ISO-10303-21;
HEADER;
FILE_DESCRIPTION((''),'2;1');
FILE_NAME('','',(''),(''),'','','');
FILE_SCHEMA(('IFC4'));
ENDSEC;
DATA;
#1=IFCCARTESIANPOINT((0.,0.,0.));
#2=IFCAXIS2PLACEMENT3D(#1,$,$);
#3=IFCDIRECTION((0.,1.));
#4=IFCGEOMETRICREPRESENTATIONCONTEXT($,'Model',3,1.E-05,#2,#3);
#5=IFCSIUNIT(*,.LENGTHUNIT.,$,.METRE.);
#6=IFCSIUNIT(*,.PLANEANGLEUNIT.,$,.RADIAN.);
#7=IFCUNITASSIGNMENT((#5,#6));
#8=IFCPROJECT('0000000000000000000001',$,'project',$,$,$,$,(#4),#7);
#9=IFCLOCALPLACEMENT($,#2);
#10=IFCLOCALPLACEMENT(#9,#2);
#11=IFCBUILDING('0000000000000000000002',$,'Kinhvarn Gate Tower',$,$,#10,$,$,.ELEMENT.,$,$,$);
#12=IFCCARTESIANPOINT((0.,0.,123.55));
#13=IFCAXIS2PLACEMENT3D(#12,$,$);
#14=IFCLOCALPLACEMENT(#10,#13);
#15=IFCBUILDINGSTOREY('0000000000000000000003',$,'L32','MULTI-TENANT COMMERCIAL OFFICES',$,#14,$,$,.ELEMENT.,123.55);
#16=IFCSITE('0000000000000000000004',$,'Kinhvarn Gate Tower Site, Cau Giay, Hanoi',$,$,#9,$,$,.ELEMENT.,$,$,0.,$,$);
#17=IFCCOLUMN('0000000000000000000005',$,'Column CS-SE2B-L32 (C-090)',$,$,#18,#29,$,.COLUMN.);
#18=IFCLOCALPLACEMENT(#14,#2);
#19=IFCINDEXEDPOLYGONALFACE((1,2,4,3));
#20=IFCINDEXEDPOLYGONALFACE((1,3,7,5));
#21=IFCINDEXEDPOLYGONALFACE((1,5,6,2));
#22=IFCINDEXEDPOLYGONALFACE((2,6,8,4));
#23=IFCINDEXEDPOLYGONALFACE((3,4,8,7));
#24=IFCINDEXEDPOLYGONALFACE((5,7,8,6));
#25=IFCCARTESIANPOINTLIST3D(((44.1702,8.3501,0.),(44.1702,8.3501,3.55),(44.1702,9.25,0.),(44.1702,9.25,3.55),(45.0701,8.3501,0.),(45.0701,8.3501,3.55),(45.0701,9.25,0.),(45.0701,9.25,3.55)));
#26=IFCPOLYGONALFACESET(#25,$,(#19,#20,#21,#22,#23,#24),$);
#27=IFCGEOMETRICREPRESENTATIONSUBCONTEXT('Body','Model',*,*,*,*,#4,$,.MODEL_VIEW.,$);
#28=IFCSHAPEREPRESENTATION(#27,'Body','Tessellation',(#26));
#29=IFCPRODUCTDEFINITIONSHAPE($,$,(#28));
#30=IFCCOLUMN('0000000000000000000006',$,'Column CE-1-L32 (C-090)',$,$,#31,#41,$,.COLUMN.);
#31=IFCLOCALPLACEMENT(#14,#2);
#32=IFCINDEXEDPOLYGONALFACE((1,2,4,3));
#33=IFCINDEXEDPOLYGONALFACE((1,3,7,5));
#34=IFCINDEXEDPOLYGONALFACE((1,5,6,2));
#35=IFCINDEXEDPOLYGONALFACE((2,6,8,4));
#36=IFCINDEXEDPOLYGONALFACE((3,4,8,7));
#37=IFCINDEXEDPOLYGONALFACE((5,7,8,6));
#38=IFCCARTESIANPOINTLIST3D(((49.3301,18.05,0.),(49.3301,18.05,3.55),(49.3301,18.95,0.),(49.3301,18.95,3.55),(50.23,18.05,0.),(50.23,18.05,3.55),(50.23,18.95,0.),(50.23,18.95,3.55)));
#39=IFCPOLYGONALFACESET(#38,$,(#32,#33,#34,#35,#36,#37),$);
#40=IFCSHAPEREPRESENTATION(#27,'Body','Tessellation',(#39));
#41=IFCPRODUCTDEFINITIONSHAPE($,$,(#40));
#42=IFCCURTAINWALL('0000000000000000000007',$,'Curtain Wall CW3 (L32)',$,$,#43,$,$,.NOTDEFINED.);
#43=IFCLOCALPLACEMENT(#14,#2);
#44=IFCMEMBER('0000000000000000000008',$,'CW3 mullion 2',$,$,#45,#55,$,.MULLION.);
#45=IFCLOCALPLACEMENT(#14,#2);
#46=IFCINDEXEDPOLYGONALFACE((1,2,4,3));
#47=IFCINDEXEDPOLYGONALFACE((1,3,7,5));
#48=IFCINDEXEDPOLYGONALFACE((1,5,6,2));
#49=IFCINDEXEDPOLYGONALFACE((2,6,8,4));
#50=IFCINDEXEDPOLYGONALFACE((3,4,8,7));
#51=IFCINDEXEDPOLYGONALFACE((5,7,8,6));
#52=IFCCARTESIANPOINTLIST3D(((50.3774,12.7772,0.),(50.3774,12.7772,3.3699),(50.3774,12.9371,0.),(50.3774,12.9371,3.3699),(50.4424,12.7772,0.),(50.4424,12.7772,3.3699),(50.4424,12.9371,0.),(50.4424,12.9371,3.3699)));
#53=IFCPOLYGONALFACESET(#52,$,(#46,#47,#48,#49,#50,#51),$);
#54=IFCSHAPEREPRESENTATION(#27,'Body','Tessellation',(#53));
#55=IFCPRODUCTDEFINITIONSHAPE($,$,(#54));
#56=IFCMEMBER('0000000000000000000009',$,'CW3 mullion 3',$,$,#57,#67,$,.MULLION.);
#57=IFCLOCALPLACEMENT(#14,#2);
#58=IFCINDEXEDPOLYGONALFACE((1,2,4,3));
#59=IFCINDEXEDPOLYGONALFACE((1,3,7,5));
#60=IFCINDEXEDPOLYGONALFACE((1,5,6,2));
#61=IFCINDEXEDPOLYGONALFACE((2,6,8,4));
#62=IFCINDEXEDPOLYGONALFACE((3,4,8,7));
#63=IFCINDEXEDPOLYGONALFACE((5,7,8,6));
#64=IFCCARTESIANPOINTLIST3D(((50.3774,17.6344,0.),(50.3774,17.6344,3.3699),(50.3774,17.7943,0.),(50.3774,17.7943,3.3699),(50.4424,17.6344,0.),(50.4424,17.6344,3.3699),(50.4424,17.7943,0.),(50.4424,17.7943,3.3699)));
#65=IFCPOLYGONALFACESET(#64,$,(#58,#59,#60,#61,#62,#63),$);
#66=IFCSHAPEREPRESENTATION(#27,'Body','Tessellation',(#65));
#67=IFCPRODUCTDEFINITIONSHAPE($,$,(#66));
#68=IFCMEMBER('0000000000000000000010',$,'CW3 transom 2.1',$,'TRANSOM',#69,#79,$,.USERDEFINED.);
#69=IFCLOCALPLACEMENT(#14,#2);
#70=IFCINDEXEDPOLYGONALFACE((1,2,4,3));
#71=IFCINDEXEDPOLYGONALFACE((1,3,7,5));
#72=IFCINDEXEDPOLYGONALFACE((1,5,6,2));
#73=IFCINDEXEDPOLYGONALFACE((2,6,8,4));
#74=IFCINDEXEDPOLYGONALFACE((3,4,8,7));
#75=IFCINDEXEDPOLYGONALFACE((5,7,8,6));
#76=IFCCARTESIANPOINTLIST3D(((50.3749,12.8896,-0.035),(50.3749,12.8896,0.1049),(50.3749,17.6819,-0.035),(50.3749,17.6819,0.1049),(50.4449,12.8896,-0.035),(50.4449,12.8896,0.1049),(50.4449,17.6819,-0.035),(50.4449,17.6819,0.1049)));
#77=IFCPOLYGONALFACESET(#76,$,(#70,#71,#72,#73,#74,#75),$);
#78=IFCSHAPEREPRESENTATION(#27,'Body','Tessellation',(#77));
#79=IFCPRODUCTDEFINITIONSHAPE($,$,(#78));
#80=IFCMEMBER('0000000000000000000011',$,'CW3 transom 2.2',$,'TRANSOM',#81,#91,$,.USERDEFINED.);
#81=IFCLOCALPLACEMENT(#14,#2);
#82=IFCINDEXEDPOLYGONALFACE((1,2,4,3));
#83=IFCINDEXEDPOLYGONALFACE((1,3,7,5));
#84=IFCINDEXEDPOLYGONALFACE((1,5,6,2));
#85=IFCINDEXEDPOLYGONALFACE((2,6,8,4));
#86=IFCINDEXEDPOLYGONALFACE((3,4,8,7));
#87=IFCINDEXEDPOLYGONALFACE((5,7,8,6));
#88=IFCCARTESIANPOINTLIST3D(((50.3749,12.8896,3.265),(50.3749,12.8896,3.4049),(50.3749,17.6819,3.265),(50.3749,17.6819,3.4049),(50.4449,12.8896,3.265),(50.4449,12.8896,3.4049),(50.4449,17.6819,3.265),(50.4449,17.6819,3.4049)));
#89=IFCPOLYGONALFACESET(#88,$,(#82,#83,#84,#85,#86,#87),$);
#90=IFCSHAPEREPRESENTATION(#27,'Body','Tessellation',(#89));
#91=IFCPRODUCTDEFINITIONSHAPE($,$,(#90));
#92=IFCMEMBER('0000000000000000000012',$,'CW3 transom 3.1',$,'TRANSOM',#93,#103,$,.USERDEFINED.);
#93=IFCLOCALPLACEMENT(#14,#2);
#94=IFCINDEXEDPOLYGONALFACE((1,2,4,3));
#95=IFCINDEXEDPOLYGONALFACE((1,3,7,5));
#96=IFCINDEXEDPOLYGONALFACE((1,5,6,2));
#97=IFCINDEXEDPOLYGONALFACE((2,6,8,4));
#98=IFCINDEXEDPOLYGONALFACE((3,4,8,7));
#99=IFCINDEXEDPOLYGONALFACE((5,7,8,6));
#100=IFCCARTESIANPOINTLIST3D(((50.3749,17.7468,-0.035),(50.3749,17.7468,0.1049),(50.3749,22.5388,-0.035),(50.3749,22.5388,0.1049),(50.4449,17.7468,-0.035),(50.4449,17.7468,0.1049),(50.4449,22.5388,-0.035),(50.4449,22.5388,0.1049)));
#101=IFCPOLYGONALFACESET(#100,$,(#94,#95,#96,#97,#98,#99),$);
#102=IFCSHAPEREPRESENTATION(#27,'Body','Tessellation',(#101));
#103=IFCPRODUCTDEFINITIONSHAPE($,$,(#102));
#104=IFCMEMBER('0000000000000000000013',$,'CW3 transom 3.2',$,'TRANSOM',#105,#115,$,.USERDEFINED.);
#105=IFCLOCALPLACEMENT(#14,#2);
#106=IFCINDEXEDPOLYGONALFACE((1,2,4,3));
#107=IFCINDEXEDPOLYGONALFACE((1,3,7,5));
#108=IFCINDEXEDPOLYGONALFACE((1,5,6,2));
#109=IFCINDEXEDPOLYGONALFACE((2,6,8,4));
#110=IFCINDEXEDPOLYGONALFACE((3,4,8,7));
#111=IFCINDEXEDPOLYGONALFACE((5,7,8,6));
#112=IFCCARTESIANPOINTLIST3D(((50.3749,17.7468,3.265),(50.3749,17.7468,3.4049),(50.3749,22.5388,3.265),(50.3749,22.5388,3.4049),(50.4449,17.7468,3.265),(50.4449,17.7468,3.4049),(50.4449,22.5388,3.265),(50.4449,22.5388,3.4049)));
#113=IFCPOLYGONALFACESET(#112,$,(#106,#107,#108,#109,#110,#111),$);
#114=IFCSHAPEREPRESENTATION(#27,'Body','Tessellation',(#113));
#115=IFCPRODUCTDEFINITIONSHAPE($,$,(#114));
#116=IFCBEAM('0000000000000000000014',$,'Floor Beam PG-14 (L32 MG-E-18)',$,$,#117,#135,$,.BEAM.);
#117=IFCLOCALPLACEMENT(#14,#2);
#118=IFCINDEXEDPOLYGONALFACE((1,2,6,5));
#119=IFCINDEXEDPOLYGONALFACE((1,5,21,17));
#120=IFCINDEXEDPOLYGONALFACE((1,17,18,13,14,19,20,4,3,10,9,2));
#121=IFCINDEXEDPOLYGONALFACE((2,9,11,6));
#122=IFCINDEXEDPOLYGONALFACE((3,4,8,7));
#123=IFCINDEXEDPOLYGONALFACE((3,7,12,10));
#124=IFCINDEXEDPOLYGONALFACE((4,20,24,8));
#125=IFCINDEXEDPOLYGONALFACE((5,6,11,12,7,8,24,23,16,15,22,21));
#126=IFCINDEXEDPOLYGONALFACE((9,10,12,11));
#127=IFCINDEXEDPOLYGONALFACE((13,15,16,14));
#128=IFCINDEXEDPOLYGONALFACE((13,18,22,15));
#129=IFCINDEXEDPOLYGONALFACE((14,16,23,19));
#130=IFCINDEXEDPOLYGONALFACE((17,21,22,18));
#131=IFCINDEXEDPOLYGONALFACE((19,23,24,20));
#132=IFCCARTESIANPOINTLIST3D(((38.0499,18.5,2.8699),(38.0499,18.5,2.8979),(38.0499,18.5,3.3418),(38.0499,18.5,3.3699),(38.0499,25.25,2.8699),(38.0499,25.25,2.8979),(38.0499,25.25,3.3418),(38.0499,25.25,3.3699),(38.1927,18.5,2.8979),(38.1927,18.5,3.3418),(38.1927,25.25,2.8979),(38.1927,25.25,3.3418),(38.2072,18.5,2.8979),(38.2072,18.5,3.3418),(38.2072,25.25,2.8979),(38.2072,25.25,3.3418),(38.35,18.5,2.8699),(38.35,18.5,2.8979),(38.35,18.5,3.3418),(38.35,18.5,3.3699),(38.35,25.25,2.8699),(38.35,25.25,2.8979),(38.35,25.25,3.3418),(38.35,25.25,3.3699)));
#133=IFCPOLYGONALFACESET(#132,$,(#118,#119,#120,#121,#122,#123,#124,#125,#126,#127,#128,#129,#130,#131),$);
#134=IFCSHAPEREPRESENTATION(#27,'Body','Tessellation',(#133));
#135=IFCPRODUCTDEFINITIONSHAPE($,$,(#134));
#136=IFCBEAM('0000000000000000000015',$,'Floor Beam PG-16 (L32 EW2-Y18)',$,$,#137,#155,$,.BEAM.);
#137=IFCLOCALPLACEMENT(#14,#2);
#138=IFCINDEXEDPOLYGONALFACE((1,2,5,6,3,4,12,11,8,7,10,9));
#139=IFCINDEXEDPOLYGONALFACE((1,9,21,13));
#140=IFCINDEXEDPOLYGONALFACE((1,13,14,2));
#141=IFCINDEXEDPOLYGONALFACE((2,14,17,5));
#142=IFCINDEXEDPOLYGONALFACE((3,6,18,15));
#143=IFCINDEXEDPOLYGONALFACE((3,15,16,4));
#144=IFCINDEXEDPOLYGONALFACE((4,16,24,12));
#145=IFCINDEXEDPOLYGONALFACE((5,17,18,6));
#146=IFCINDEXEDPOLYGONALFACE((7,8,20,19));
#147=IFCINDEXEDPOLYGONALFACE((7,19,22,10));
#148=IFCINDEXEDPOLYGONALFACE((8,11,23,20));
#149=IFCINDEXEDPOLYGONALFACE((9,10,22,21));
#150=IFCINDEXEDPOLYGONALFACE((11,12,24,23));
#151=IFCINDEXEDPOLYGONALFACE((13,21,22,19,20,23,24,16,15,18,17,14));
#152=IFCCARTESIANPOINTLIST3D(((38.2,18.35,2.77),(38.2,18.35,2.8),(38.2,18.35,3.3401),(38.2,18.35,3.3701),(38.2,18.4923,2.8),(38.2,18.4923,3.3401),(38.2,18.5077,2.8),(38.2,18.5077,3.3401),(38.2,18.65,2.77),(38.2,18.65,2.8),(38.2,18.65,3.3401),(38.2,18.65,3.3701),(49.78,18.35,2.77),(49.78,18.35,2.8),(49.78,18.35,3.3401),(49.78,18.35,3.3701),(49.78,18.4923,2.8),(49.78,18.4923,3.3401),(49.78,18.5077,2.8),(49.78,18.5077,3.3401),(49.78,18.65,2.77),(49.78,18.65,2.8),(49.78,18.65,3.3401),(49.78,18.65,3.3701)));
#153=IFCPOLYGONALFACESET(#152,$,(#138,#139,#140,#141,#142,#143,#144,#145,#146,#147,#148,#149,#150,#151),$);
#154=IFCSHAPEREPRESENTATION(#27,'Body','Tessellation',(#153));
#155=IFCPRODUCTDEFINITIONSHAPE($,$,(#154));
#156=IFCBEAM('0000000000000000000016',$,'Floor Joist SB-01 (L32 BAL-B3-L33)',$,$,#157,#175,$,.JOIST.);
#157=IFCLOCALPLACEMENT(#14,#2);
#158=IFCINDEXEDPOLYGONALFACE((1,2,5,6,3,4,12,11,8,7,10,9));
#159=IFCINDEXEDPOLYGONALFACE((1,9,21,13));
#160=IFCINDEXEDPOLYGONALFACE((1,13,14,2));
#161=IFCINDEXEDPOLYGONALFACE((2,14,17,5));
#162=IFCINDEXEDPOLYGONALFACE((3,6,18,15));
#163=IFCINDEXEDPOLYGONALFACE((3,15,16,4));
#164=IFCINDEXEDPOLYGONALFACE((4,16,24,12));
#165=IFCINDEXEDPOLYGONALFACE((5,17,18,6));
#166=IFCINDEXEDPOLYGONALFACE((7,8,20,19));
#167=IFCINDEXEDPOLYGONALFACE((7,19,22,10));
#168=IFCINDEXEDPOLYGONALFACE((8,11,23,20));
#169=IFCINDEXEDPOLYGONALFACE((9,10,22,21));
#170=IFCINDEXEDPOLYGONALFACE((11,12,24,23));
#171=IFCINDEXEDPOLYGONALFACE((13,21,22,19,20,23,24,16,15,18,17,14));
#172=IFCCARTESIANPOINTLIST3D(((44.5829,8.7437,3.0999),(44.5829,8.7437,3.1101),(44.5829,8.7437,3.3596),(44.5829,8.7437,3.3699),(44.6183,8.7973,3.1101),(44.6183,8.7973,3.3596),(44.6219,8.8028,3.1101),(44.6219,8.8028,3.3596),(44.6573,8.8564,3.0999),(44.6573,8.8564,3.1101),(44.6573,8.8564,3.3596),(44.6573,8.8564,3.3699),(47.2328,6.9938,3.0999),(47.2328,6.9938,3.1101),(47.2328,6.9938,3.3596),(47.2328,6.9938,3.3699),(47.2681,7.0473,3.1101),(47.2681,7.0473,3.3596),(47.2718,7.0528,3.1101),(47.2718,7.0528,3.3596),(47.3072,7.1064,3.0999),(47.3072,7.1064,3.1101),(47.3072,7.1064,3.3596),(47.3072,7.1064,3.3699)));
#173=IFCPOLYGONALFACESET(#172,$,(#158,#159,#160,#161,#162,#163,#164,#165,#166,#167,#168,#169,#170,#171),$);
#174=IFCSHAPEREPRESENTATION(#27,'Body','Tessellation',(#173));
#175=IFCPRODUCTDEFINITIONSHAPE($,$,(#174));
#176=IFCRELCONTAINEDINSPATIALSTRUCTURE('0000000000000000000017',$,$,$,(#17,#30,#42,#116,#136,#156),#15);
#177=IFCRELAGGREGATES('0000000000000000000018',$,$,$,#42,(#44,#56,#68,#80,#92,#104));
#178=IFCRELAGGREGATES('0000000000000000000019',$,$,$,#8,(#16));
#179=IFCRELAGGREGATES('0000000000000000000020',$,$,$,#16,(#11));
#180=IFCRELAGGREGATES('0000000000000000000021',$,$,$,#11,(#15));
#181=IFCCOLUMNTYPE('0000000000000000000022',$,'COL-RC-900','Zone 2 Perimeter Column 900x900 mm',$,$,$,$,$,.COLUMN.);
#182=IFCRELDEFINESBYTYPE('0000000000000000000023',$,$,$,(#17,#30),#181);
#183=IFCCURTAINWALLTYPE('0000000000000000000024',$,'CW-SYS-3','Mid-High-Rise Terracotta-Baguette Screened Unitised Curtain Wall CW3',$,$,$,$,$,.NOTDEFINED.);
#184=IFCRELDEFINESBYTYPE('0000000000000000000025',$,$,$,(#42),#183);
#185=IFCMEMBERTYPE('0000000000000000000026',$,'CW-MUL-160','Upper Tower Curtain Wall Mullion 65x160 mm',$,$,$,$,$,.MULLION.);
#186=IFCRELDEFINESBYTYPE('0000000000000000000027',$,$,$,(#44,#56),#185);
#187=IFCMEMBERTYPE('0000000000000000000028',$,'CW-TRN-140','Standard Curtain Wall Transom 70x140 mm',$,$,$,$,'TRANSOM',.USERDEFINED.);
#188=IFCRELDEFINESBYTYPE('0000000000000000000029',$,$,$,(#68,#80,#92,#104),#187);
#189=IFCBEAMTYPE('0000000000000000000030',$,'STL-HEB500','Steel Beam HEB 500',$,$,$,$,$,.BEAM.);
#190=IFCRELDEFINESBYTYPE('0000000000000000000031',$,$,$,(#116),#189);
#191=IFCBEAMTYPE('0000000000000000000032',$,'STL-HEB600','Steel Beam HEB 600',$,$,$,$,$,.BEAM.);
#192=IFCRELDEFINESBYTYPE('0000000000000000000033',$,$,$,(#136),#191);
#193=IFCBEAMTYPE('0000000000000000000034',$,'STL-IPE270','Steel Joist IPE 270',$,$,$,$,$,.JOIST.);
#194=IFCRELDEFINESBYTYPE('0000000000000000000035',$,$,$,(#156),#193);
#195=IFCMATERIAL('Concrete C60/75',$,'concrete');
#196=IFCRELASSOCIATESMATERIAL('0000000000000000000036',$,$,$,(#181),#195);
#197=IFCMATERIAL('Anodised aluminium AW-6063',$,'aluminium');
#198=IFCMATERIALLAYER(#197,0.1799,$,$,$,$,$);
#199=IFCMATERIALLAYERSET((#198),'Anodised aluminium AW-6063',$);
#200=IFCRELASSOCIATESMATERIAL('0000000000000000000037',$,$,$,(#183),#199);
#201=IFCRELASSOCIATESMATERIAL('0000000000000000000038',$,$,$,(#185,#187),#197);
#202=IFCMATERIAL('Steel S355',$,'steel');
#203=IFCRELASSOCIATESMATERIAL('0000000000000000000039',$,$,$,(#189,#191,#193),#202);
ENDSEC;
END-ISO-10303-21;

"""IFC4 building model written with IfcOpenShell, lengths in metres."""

from ifc_helpers import new_model, si_unit, direction, frame, origin, origin_2d, place, context, subcontext, project, spatial, rectangle, i_section, extrude, material, layer, layer_set, material_profile, profile_set, type_object, element, aggregate, save


model = new_model("IFC4")

# Units and contexts
model_context = context("Model", 3, precision=1e-05, world=origin(), true_north=direction((0.0, 1.0)))
body_context = subcontext(model_context, "Body", "Model", "MODEL_VIEW")
ifc_project = project(units=[si_unit("LENGTHUNIT", "METRE"), si_unit("PLANEANGLEUNIT", "RADIAN")], contexts=[model_context])

# Site, building, storey
site_placement = place(None, origin())
site = spatial("IfcSite", under=ifc_project, at=site_placement, Name="Kinhvarn Gate Tower Site, Cau Giay, Hanoi", CompositionType="ELEMENT", RefElevation=0.0)
building_placement = place(site_placement, origin())
building = spatial("IfcBuilding", under=site, at=building_placement, Name="Kinhvarn Gate Tower", CompositionType="ELEMENT")
storey_placement = place(building_placement, frame((0.0, 0.0, 123.55)))
storey = spatial("IfcBuildingStorey", under=building, at=storey_placement, Name="L32", Description="MULTI-TENANT COMMERCIAL OFFICES", CompositionType="ELEMENT", Elevation=123.55)

# Columns
ifc_material_1 = material(Name="Concrete C60/75", Category="concrete")
ifc_material_profile_1 = material_profile(ifc_material_1, rectangle(XDim=0.8999, YDim=0.8999, at=origin_2d()), Name="RC 900x900")
ifc_profile_set_1 = profile_set([ifc_material_profile_1], Name="Concrete C60/75")
column_type = type_object("IfcColumnType", Name="COL-RC-900", Description="Zone 2 Perimeter Column 900x900 mm", PredefinedType="COLUMN", material=ifc_profile_set_1)
for number, where, z_axis, x_axis, name in (
    (1, (44.6201, 8.8, 0.0), (0.0, 0.0, 1.0), (1.0, 0.0, 0.0), "Column CS-SE2B-L32 (C-090)"),
    (2, (49.78, 18.5, 0.0), (0.0, 0.0, 1.0), (1.0, 0.0, 0.0), "Column CE-1-L32 (C-090)"),
):
    element("IfcColumn", number, at=place(storey_placement, frame(where, z_axis=z_axis, x_axis=x_axis)), inside=storey, type_object=column_type, Name=name, PredefinedType="COLUMN", context=body_context, shape_type="SweptSolid", body=[
        extrude(rectangle(XDim=0.8999, YDim=0.8999, at=origin_2d()), origin(), (0.0, 0.0, 1.0), 3.55),
    ])

# Curtain wall, members
ifc_material_2 = material(Name="Anodised aluminium AW-6063", Category="aluminium")
ifc_layer_1 = layer(ifc_material_2, 0.1799)
ifc_layer_set_1 = layer_set([ifc_layer_1], Name="Anodised aluminium AW-6063")
curtain_wall_type = type_object("IfcCurtainWallType", Name="CW-SYS-3", Description="Mid-High-Rise Terracotta-Baguette Screened Unitised Curtain Wall CW3", PredefinedType="NOTDEFINED", material=ifc_layer_set_1)
curtain_wall_placement = place(storey_placement, origin())
curtain_wall = element("IfcCurtainWall", 3, at=curtain_wall_placement, inside=storey, type_object=curtain_wall_type, Name="Curtain Wall CW3 (L32)", PredefinedType="NOTDEFINED")
ifc_material_profile_2 = material_profile(ifc_material_2, rectangle(XDim=0.0649, YDim=0.1599, at=origin_2d()), Name="ALU 65x160")
ifc_profile_set_2 = profile_set([ifc_material_profile_2], Name="Anodised aluminium AW-6063")
member_type_1 = type_object("IfcMemberType", Name="CW-MUL-160", Description="Upper Tower Curtain Wall Mullion 65x160 mm", PredefinedType="MULLION", material=ifc_profile_set_2)
member_1_placement = place(storey_placement, frame((50.4099, 12.8572, 0.0), z_axis=(0.0, 0.0, 1.0), x_axis=(-1.0, 0.0, 0.0)))
member_1 = element("IfcMember", 4, at=member_1_placement, type_object=member_type_1, Name="CW3 mullion 2", PredefinedType="MULLION", context=body_context, shape_type="SweptSolid", body=[
    extrude(rectangle(XDim=0.0649, YDim=0.1599, at=origin_2d()), origin(), (0.0, 0.0, 1.0), 3.3699),
])
member_2_placement = place(storey_placement, frame((50.4099, 17.7144, 0.0), z_axis=(0.0, 0.0, 1.0), x_axis=(-1.0, 0.0, 0.0)))
member_2 = element("IfcMember", 5, at=member_2_placement, type_object=member_type_1, Name="CW3 mullion 3", PredefinedType="MULLION", context=body_context, shape_type="SweptSolid", body=[
    extrude(rectangle(XDim=0.0649, YDim=0.1599, at=origin_2d()), origin(), (0.0, 0.0, 1.0), 3.3699),
])
ifc_material_profile_3 = material_profile(ifc_material_2, rectangle(XDim=0.0701, YDim=0.1399, at=origin_2d()), Name="ALU 70x140")
ifc_profile_set_3 = profile_set([ifc_material_profile_3], Name="Anodised aluminium AW-6063")
member_type_2 = type_object("IfcMemberType", Name="CW-TRN-140", Description="Standard Curtain Wall Transom 70x140 mm", ElementType="TRANSOM", PredefinedType="USERDEFINED", material=ifc_profile_set_3)
member_3_placement = place(storey_placement, frame((50.4099, 12.8896, 0.0349), z_axis=(0.0, 1.0, 0.0), x_axis=(-1.0, 0.0, 0.0)))
member_3 = element("IfcMember", 6, at=member_3_placement, type_object=member_type_2, Name="CW3 transom 2.1", ObjectType="TRANSOM", PredefinedType="USERDEFINED", context=body_context, shape_type="SweptSolid", body=[
    extrude(rectangle(XDim=0.0701, YDim=0.1399, at=origin_2d()), origin(), (0.0, 0.0, 1.0), 4.7922),
])
member_4_placement = place(storey_placement, frame((50.4099, 12.8896, 3.335), z_axis=(0.0, 1.0, 0.0), x_axis=(-1.0, 0.0, 0.0)))
member_4 = element("IfcMember", 7, at=member_4_placement, type_object=member_type_2, Name="CW3 transom 2.2", ObjectType="TRANSOM", PredefinedType="USERDEFINED", context=body_context, shape_type="SweptSolid", body=[
    extrude(rectangle(XDim=0.0701, YDim=0.1399, at=origin_2d()), origin(), (0.0, 0.0, 1.0), 4.7922),
])
member_5_placement = place(storey_placement, frame((50.4099, 17.7468, 0.0349), z_axis=(0.0, 1.0, 0.0), x_axis=(-1.0, 0.0, 0.0)))
member_5 = element("IfcMember", 8, at=member_5_placement, type_object=member_type_2, Name="CW3 transom 3.1", ObjectType="TRANSOM", PredefinedType="USERDEFINED", context=body_context, shape_type="SweptSolid", body=[
    extrude(rectangle(XDim=0.0701, YDim=0.1399, at=origin_2d()), origin(), (0.0, 0.0, 1.0), 4.792),
])
member_6_placement = place(storey_placement, frame((50.4099, 17.7468, 3.335), z_axis=(0.0, 1.0, 0.0), x_axis=(-1.0, 0.0, 0.0)))
member_6 = element("IfcMember", 9, at=member_6_placement, type_object=member_type_2, Name="CW3 transom 3.2", ObjectType="TRANSOM", PredefinedType="USERDEFINED", context=body_context, shape_type="SweptSolid", body=[
    extrude(rectangle(XDim=0.0701, YDim=0.1399, at=origin_2d()), origin(), (0.0, 0.0, 1.0), 4.792),
])

# Beams
ifc_material_3 = material(Name="Steel S355", Category="steel")
ifc_material_profile_4 = material_profile(ifc_material_3, i_section(OverallWidth=0.3, OverallDepth=0.5, WebThickness=0.0144, FlangeThickness=0.0281, at=origin_2d()), Name="HEB 500")
ifc_profile_set_4 = profile_set([ifc_material_profile_4], Name="Steel S355")
beam_type_1 = type_object("IfcBeamType", Name="STL-HEB500", Description="Steel Beam HEB 500", PredefinedType="BEAM", material=ifc_profile_set_4)
beam_1_placement = place(storey_placement, frame((38.2, 18.5, 3.1199), z_axis=(0.0, 1.0, 0.0), x_axis=(-1.0, 0.0, 0.0)))
element("IfcBeam", 10, at=beam_1_placement, inside=storey, type_object=beam_type_1, Name="Floor Beam PG-14 (L32 MG-E-18)", PredefinedType="BEAM", context=body_context, shape_type="SweptSolid", body=[
    extrude(i_section(OverallWidth=0.3, OverallDepth=0.5, WebThickness=0.0144, FlangeThickness=0.0281, at=origin_2d()), origin(), (0.0, 0.0, 1.0), 6.75),
])
ifc_material_profile_5 = material_profile(ifc_material_3, i_section(OverallWidth=0.3, OverallDepth=0.6001, WebThickness=0.0154, FlangeThickness=0.03, at=origin_2d()), Name="HEB 600")
ifc_profile_set_5 = profile_set([ifc_material_profile_5], Name="Steel S355")
beam_type_2 = type_object("IfcBeamType", Name="STL-HEB600", Description="Steel Beam HEB 600", PredefinedType="BEAM", material=ifc_profile_set_5)
beam_2_placement = place(storey_placement, frame((38.2, 18.5, 3.0701), z_axis=(1.0, 0.0, 0.0), x_axis=(0.0, 1.0, 0.0)))
element("IfcBeam", 11, at=beam_2_placement, inside=storey, type_object=beam_type_2, Name="Floor Beam PG-16 (L32 EW2-Y18)", PredefinedType="BEAM", context=body_context, shape_type="SweptSolid", body=[
    extrude(i_section(OverallWidth=0.3, OverallDepth=0.6001, WebThickness=0.0154, FlangeThickness=0.03, at=origin_2d()), origin(), (0.0, 0.0, 1.0), 11.5801),
])
ifc_material_profile_6 = material_profile(ifc_material_3, i_section(OverallWidth=0.135, OverallDepth=0.27, WebThickness=0.0066, FlangeThickness=0.0103, at=origin_2d()), Name="IPE 270")
ifc_profile_set_6 = profile_set([ifc_material_profile_6], Name="Steel S355")
beam_type_3 = type_object("IfcBeamType", Name="STL-IPE270", Description="Steel Joist IPE 270", PredefinedType="JOIST", material=ifc_profile_set_6)
beam_3_placement = place(storey_placement, frame((44.6201, 8.8, 3.2349), z_axis=(0.834455, -0.551076, 0.0), x_axis=(0.551076, 0.834455, 0.0)))
element("IfcBeam", 12, at=beam_3_placement, inside=storey, type_object=beam_type_3, Name="Floor Joist SB-01 (L32 BAL-B3-L33)", PredefinedType="JOIST", context=body_context, shape_type="SweptSolid", body=[
    extrude(i_section(OverallWidth=0.135, OverallDepth=0.27, WebThickness=0.0066, FlangeThickness=0.0103, at=origin_2d()), origin(), (0.0, 0.0, 1.0), 3.1755),
])

aggregate(curtain_wall, [member_1, member_2, member_3, member_4, member_5, member_6])

save(model, "model.ifc")
